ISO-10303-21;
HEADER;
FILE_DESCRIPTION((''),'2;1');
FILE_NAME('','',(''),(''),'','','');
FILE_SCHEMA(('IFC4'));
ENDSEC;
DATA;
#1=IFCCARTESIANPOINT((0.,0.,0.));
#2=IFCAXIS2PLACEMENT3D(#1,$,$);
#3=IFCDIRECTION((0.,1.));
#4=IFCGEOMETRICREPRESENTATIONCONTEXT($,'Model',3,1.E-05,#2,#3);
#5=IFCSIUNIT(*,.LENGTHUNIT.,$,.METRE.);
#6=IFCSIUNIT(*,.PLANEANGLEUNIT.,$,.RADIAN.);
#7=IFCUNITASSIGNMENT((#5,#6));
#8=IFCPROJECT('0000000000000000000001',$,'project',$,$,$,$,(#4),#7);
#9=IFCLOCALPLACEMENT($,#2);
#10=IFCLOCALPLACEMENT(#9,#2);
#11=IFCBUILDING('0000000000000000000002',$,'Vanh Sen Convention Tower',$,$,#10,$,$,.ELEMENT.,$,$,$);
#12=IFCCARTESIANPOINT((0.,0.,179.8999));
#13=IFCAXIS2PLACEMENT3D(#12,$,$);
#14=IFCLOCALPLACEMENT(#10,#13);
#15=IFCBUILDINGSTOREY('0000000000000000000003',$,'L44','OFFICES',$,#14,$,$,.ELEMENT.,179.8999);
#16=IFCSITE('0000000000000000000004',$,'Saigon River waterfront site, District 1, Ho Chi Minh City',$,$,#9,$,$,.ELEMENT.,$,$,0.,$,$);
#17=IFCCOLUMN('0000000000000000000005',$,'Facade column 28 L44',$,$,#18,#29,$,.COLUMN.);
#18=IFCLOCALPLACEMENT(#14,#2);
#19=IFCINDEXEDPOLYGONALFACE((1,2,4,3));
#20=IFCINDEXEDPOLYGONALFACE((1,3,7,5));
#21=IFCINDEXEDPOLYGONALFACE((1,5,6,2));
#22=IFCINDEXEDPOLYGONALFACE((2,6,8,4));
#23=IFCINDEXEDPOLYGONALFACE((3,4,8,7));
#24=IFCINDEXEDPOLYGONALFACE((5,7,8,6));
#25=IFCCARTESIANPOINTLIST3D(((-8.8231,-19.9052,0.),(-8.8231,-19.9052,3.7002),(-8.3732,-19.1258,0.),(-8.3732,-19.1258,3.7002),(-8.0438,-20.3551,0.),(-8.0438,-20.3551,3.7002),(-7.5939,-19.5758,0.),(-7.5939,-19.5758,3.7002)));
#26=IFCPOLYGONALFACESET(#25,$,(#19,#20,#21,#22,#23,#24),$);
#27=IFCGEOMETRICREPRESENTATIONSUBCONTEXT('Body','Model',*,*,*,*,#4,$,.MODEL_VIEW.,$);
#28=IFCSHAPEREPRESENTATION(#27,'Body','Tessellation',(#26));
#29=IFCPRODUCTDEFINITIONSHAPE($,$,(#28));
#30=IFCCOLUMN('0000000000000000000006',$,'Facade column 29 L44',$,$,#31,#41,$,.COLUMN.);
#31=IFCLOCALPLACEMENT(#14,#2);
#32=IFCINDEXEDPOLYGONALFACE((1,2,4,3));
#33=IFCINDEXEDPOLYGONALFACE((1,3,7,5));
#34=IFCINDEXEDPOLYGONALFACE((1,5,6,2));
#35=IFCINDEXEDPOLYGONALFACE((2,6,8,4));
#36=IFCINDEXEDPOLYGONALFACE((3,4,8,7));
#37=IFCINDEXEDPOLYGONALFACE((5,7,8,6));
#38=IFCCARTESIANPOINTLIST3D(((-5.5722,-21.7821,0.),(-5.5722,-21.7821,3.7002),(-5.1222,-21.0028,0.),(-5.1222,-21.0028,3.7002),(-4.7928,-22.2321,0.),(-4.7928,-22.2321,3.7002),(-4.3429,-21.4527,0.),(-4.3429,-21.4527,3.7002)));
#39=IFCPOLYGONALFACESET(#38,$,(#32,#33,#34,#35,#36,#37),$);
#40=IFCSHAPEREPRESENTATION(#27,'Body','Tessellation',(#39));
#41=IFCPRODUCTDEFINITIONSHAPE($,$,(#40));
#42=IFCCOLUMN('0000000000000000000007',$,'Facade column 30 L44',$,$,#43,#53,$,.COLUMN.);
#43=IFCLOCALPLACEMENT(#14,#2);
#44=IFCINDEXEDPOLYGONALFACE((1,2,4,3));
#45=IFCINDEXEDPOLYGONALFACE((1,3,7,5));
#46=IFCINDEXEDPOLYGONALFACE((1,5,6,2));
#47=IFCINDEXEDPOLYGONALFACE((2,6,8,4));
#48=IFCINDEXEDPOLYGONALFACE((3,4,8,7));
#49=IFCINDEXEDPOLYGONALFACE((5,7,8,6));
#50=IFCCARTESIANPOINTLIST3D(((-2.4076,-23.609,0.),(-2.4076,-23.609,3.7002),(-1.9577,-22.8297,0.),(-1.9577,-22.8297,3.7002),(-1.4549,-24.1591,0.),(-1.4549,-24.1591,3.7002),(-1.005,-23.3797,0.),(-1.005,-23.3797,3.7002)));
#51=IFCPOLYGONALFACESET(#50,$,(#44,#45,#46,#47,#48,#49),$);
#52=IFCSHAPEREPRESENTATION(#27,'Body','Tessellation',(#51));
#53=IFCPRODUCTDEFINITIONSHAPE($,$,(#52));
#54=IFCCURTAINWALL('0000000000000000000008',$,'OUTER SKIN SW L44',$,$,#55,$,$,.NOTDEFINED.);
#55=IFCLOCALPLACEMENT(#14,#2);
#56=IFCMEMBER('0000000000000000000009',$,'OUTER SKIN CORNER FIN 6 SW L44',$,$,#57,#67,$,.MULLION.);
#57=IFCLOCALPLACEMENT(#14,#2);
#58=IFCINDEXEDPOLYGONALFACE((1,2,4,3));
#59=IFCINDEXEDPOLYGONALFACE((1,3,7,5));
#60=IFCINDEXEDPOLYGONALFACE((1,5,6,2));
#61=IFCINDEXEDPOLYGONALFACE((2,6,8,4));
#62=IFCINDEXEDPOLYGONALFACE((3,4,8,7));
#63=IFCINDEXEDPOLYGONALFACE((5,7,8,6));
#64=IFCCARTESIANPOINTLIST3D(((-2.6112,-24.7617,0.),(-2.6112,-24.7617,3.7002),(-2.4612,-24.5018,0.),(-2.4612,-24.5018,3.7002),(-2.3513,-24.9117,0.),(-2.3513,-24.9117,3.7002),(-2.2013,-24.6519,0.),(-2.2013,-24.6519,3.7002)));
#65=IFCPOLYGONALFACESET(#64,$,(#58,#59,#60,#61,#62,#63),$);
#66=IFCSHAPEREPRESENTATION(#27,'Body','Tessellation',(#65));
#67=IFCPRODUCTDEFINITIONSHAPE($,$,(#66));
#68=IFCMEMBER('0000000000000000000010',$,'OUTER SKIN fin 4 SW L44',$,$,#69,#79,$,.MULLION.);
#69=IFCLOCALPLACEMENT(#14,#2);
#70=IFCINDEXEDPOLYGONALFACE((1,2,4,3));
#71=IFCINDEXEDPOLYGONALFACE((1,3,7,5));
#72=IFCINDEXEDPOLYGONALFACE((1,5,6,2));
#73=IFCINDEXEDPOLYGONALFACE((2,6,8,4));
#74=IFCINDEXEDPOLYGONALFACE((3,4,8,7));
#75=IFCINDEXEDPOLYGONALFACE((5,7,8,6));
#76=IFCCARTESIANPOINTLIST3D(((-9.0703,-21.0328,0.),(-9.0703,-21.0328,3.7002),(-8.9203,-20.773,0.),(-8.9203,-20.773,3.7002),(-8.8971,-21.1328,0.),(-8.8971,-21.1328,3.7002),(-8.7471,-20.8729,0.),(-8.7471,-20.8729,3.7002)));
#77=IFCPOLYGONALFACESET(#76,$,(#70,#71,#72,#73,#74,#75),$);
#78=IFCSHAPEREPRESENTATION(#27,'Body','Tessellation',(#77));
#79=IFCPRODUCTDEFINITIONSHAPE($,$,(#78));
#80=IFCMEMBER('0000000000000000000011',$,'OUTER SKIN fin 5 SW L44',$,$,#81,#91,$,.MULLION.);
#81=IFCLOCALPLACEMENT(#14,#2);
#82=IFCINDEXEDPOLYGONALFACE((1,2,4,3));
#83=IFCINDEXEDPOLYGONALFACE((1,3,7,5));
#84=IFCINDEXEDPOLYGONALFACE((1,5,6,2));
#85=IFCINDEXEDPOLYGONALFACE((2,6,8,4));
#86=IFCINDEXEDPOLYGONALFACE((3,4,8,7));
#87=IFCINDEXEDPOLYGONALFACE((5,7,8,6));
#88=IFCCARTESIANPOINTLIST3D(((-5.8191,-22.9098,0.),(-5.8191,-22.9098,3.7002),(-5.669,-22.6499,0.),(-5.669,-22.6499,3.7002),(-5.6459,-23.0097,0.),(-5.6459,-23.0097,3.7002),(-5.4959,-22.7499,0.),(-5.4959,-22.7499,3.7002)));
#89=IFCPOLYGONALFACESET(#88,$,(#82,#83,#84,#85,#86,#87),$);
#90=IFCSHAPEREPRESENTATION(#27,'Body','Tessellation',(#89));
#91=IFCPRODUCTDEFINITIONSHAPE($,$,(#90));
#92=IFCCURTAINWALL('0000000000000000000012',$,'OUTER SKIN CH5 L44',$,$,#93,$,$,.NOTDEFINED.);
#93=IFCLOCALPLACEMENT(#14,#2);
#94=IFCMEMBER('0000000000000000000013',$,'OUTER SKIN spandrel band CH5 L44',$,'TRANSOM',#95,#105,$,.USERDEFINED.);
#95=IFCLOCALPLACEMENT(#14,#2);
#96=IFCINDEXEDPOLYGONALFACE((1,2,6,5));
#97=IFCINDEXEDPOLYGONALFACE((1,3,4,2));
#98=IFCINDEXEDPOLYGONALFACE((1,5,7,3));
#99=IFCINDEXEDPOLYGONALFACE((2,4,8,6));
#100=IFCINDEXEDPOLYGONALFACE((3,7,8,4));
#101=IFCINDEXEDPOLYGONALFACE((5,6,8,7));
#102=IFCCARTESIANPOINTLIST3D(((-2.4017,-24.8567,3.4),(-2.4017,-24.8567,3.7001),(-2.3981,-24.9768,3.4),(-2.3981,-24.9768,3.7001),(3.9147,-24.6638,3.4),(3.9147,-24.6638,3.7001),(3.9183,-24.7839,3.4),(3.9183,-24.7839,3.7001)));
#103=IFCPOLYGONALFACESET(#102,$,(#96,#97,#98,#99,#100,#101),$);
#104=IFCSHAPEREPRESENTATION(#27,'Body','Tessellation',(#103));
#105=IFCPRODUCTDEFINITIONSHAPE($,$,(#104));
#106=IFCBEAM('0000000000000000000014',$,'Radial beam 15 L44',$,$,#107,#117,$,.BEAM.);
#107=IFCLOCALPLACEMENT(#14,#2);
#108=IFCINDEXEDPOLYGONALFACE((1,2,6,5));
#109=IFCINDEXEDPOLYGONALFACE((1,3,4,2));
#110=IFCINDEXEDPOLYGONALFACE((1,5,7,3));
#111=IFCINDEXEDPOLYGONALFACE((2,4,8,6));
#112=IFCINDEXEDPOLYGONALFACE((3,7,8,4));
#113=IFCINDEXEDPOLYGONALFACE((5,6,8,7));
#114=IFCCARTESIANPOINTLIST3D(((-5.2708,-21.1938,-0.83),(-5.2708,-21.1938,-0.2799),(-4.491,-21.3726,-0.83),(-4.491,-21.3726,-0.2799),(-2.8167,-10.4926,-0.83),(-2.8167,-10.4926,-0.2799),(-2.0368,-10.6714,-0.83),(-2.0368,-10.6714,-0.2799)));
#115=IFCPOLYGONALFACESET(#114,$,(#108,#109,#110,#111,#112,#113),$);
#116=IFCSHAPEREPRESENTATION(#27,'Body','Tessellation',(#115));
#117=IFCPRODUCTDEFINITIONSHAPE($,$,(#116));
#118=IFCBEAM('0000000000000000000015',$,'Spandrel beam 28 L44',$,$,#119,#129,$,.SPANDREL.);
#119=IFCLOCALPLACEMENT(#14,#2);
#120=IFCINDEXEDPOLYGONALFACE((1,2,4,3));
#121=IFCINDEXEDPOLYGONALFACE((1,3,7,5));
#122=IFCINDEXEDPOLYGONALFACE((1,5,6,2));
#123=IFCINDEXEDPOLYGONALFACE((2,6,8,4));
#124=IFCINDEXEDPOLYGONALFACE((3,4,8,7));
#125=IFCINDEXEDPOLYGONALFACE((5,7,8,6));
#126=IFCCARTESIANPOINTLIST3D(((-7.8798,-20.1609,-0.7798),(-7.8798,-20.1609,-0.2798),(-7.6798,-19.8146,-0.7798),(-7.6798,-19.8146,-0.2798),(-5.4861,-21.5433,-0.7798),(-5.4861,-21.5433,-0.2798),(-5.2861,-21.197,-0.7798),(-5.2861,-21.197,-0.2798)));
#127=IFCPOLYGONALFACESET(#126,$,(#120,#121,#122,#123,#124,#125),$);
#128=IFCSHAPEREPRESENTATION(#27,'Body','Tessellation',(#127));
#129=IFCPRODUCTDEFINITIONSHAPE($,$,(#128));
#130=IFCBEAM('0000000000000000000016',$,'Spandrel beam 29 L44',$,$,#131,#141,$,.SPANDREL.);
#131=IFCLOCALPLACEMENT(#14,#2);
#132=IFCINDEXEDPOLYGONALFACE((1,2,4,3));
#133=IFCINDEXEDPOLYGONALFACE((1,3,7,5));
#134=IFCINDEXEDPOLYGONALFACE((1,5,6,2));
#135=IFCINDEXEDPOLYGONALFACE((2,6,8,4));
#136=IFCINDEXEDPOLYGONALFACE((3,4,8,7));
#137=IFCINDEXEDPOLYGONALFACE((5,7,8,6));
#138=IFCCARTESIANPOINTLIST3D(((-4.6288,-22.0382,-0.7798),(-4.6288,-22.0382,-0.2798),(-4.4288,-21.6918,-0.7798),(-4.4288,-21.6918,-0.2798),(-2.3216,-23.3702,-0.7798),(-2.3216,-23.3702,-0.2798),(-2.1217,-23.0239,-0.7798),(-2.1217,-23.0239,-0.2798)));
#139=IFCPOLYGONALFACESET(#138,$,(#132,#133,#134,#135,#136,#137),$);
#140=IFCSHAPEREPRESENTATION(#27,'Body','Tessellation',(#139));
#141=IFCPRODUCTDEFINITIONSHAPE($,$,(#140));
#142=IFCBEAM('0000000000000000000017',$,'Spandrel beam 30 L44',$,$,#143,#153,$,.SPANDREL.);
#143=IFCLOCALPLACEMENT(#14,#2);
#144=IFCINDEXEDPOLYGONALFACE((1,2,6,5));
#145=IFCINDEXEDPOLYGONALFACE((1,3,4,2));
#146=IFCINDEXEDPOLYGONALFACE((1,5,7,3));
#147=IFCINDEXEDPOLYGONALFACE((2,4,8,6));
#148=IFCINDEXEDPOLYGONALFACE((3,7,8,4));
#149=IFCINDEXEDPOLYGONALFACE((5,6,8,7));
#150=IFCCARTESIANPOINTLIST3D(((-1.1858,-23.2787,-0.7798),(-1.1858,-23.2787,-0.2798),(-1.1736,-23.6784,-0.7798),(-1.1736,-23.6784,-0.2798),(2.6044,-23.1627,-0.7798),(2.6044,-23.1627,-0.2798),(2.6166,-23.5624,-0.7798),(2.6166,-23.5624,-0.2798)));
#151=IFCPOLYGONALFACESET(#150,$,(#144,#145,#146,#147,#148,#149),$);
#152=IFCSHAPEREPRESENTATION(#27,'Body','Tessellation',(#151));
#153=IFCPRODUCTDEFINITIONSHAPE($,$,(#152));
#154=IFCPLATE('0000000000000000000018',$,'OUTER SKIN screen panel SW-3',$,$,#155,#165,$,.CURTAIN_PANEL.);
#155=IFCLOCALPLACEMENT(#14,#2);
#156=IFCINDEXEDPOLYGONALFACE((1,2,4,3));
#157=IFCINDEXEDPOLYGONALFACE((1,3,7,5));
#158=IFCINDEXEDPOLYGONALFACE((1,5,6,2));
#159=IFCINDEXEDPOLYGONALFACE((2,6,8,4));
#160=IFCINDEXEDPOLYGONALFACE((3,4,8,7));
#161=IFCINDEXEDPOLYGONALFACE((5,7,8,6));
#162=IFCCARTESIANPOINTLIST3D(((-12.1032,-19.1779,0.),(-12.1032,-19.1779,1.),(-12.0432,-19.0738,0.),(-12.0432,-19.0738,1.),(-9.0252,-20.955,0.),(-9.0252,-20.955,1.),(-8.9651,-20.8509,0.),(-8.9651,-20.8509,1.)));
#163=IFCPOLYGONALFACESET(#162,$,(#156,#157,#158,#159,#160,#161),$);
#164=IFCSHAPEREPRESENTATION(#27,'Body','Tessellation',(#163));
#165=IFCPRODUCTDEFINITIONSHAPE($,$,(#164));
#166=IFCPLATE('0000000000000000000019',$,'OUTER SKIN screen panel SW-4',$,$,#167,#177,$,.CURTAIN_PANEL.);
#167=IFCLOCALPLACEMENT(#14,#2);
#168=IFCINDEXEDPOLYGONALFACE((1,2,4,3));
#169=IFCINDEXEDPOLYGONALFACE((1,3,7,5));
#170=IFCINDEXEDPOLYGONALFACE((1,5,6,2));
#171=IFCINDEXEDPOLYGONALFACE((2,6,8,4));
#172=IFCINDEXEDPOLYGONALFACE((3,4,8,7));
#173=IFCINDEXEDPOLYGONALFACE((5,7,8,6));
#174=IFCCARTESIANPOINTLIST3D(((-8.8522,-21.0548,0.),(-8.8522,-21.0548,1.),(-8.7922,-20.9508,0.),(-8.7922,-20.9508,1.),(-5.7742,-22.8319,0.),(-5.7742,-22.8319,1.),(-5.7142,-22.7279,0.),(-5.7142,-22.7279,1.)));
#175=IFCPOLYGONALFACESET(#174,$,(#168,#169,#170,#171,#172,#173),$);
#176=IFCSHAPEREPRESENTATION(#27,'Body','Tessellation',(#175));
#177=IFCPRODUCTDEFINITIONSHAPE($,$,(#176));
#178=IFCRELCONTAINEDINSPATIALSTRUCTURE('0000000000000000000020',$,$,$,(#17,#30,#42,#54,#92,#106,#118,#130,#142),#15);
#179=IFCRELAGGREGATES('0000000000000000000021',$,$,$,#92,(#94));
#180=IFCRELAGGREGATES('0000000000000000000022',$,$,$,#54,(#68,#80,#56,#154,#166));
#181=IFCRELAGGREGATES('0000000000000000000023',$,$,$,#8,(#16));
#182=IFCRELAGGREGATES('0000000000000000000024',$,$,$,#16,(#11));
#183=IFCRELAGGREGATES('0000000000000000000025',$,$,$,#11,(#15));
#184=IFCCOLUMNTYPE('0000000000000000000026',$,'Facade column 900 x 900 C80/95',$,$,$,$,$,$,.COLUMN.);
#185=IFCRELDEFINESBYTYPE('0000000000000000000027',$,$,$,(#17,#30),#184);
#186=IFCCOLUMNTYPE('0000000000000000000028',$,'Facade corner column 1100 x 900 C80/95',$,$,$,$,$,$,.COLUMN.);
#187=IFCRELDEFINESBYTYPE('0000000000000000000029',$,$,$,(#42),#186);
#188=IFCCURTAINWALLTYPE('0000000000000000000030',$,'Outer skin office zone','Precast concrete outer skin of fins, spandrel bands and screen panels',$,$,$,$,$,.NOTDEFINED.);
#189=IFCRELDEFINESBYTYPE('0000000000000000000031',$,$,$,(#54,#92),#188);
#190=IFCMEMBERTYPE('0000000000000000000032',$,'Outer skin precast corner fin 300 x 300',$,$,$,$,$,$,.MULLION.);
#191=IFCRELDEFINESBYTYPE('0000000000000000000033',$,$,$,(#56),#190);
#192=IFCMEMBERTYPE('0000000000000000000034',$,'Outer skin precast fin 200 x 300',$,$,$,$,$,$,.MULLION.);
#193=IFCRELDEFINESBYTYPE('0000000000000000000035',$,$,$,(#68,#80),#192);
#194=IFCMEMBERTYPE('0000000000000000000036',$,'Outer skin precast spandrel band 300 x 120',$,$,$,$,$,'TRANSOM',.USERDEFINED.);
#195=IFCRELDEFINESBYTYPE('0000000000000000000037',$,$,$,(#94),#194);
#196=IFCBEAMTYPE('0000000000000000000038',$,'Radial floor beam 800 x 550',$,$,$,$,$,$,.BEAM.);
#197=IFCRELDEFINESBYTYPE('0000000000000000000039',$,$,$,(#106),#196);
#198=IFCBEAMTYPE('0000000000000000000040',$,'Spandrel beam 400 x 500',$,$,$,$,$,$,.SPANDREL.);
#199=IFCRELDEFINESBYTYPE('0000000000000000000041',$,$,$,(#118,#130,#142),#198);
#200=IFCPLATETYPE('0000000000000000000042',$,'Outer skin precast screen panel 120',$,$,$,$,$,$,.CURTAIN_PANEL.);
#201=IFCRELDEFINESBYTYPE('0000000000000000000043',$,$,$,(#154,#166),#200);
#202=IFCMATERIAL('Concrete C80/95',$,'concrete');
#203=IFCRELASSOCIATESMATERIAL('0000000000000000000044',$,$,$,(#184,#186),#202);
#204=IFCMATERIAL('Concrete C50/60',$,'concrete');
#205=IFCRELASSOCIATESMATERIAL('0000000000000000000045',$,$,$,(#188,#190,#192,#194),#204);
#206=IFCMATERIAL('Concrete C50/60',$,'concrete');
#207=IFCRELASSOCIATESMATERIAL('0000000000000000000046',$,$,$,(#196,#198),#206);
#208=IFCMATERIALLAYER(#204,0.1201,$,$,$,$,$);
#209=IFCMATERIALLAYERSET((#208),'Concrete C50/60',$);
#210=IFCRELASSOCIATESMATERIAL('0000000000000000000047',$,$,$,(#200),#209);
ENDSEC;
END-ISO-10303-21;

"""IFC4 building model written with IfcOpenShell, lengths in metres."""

from ifc_helpers import new_model, si_unit, direction, frame, origin, origin_2d, place, context, subcontext, project, spatial, rectangle, extrude, material, layer, layer_set, material_profile, profile_set, type_object, element, aggregate, save


model = new_model("IFC4")

# Units and contexts
model_context = context("Model", 3, precision=1e-05, world=origin(), true_north=direction((0.0, 1.0)))
body_context = subcontext(model_context, "Body", "Model", "MODEL_VIEW")
ifc_project = project(units=[si_unit("LENGTHUNIT", "METRE"), si_unit("PLANEANGLEUNIT", "RADIAN")], contexts=[model_context])

# Site, building, storey
site_placement = place(None, origin())
site = spatial("IfcSite", under=ifc_project, at=site_placement, Name="Saigon River waterfront site, District 1, Ho Chi Minh City", CompositionType="ELEMENT", RefElevation=0.0)
building_placement = place(site_placement, origin())
building = spatial("IfcBuilding", under=site, at=building_placement, Name="Vanh Sen Convention Tower", CompositionType="ELEMENT")
storey_placement = place(building_placement, frame((0.0, 0.0, 179.8999)))
storey = spatial("IfcBuildingStorey", under=building, at=storey_placement, Name="L44", Description="OFFICES", CompositionType="ELEMENT", Elevation=179.8999)

# Columns
ifc_material_1 = material(Name="Concrete C80/95", Category="concrete")
ifc_material_profile_1 = material_profile(ifc_material_1, rectangle(XDim=0.8999, YDim=0.8999, at=origin_2d()), Name="RC 900X900")
ifc_profile_set_1 = profile_set([ifc_material_profile_1], Name="Concrete C80/95")
column_type_1 = type_object("IfcColumnType", Name="Facade column 900 x 900 C80/95", PredefinedType="COLUMN", material=ifc_profile_set_1)
for number, where, z_axis, x_axis, name in (
    (1, (-8.2085, -19.7405, 0.0), (0.0, 0.0, 1.0), (0.866025, -0.5, 0.0), "Facade column 28 L44"),
    (2, (-4.9575, -21.6174, 0.0), (0.0, 0.0, 1.0), (0.866025, -0.5, 0.0), "Facade column 29 L44"),
):
    element("IfcColumn", number, at=place(storey_placement, frame(where, z_axis=z_axis, x_axis=x_axis)), inside=storey, type_object=column_type_1, Name=name, PredefinedType="COLUMN", context=body_context, shape_type="SweptSolid", body=[
        extrude(rectangle(XDim=0.8999, YDim=0.8999, at=origin_2d()), origin(), (0.0, 0.0, 1.0), 3.7002),
    ])
ifc_material_profile_2 = material_profile(ifc_material_1, rectangle(XDim=1.1001, YDim=0.8999, at=origin_2d()), Name="RC 1100X900")
ifc_profile_set_2 = profile_set([ifc_material_profile_2], Name="Concrete C80/95")
column_type_2 = type_object("IfcColumnType", Name="Facade corner column 1100 x 900 C80/95", PredefinedType="COLUMN", material=ifc_profile_set_2)
column_placement = place(storey_placement, frame((-1.7063, -23.4944, 0.0), z_axis=(0.0, 0.0, 1.0), x_axis=(0.866025, -0.5, 0.0)))
element("IfcColumn", 3, at=column_placement, inside=storey, type_object=column_type_2, Name="Facade column 30 L44", PredefinedType="COLUMN", context=body_context, shape_type="SweptSolid", body=[
    extrude(rectangle(XDim=1.1001, YDim=0.8999, at=origin_2d()), origin(), (0.0, 0.0, 1.0), 3.7002),
])

# Curtain wall, members
ifc_material_2 = material(Name="Concrete C50/60", Category="concrete")
curtain_wall_type = type_object("IfcCurtainWallType", Name="Outer skin office zone", Description="Precast concrete outer skin of fins, spandrel bands and screen panels", PredefinedType="NOTDEFINED", material=ifc_material_2)
curtain_wall_1_placement = place(storey_placement, origin())
curtain_wall_1 = element("IfcCurtainWall", 4, at=curtain_wall_1_placement, inside=storey, type_object=curtain_wall_type, Name="OUTER SKIN SW L44", PredefinedType="NOTDEFINED")
ifc_material_profile_3 = material_profile(ifc_material_2, rectangle(XDim=0.3, YDim=0.3, at=origin_2d()), Name="Outer skin precast corner fin 300 x 300")
ifc_profile_set_3 = profile_set([ifc_material_profile_3], Name="Concrete C50/60")
member_type_1 = type_object("IfcMemberType", Name="Outer skin precast corner fin 300 x 300", PredefinedType="MULLION", material=ifc_profile_set_3)
member_1_placement = place(storey_placement, frame((-2.4062, -24.7068, 0.0), z_axis=(0.0, 0.0, 1.0), x_axis=(0.866025, -0.5, 0.0)))
member_1 = element("IfcMember", 5, at=member_1_placement, type_object=member_type_1, Name="OUTER SKIN CORNER FIN 6 SW L44", PredefinedType="MULLION", context=body_context, shape_type="SweptSolid", body=[
    extrude(rectangle(XDim=0.3, YDim=0.3, at=origin_2d()), origin(), (0.0, 0.0, 1.0), 3.7002),
])
ifc_material_profile_4 = material_profile(ifc_material_2, rectangle(XDim=0.2, YDim=0.3, at=origin_2d()), Name="Outer skin precast fin 200 x 300")
ifc_profile_set_4 = profile_set([ifc_material_profile_4], Name="Concrete C50/60")
member_type_2 = type_object("IfcMemberType", Name="Outer skin precast fin 200 x 300", PredefinedType="MULLION", material=ifc_profile_set_4)
member_2_placement = place(storey_placement, frame((-8.9087, -20.9529, 0.0), z_axis=(0.0, 0.0, 1.0), x_axis=(0.866025, -0.5, 0.0)))
member_2 = element("IfcMember", 6, at=member_2_placement, type_object=member_type_2, Name="OUTER SKIN fin 4 SW L44", PredefinedType="MULLION", context=body_context, shape_type="SweptSolid", body=[
    extrude(rectangle(XDim=0.2, YDim=0.3, at=origin_2d()), origin(), (0.0, 0.0, 1.0), 3.7002),
])
member_3_placement = place(storey_placement, frame((-5.6575, -22.8298, 0.0), z_axis=(0.0, 0.0, 1.0), x_axis=(0.866025, -0.5, 0.0)))
member_3 = element("IfcMember", 7, at=member_3_placement, type_object=member_type_2, Name="OUTER SKIN fin 5 SW L44", PredefinedType="MULLION", context=body_context, shape_type="SweptSolid", body=[
    extrude(rectangle(XDim=0.2, YDim=0.3, at=origin_2d()), origin(), (0.0, 0.0, 1.0), 3.7002),
])

# Curtain wall, member
curtain_wall_2_placement = place(storey_placement, origin())
curtain_wall_2 = element("IfcCurtainWall", 8, at=curtain_wall_2_placement, inside=storey, type_object=curtain_wall_type, Name="OUTER SKIN CH5 L44", PredefinedType="NOTDEFINED")
ifc_material_profile_5 = material_profile(ifc_material_2, rectangle(XDim=0.1201, YDim=0.3, at=origin_2d()), Name="Outer skin precast spandrel band 300 x 120")
ifc_profile_set_5 = profile_set([ifc_material_profile_5], Name="Concrete C50/60")
member_type_3 = type_object("IfcMemberType", Name="Outer skin precast spandrel band 300 x 120", ElementType="TRANSOM", PredefinedType="USERDEFINED", material=ifc_profile_set_5)
member_4_placement = place(storey_placement, frame((-2.3999, -24.9167, 3.55), z_axis=(0.999534, 0.030521, 0.0), x_axis=(-0.030521, 0.999534, 0.0)))
member_4 = element("IfcMember", 9, at=member_4_placement, type_object=member_type_3, Name="OUTER SKIN spandrel band CH5 L44", ObjectType="TRANSOM", PredefinedType="USERDEFINED", context=body_context, shape_type="SweptSolid", body=[
    extrude(rectangle(XDim=0.1201, YDim=0.3, at=origin_2d()), origin(), (0.0, 0.0, 1.0), 6.3193),
])
aggregate(curtain_wall_2, [member_4])

# Beams
ifc_material_3 = material(Name="Concrete C50/60", Category="concrete")
ifc_material_profile_6 = material_profile(ifc_material_3, rectangle(XDim=0.8, YDim=0.55, at=origin_2d()), Name="RC 800X550")
ifc_profile_set_6 = profile_set([ifc_material_profile_6], Name="Concrete C50/60")
beam_type_1 = type_object("IfcBeamType", Name="Radial floor beam 800 x 550", PredefinedType="BEAM", material=ifc_profile_set_6)
beam_1_placement = place(storey_placement, frame((-4.8809, -21.2832, -0.5549), z_axis=(0.223528, 0.974698, 0.0), x_axis=(-0.974698, 0.223528, 0.0)))
element("IfcBeam", 10, at=beam_1_placement, inside=storey, type_object=beam_type_1, Name="Radial beam 15 L44", PredefinedType="BEAM", context=body_context, shape_type="SweptSolid", body=[
    extrude(rectangle(XDim=0.8, YDim=0.55, at=origin_2d()), origin(), (0.0, 0.0, 1.0), 10.979),
])
ifc_material_profile_7 = material_profile(ifc_material_3, rectangle(XDim=0.3999, YDim=0.5, at=origin_2d()), Name="RC 400X500")
ifc_profile_set_7 = profile_set([ifc_material_profile_7], Name="Concrete C50/60")
beam_type_2 = type_object("IfcBeamType", Name="Spandrel beam 400 x 500", PredefinedType="SPANDREL", material=ifc_profile_set_7)
beam_2_placement = place(storey_placement, frame((-7.7798, -19.9878, -0.5298), z_axis=(0.865962, -0.50011, 0.0), x_axis=(0.50011, 0.865962, 0.0)))
element("IfcBeam", 11, at=beam_2_placement, inside=storey, type_object=beam_type_2, Name="Spandrel beam 28 L44", PredefinedType="SPANDREL", context=body_context, shape_type="SweptSolid", body=[
    extrude(rectangle(XDim=0.3999, YDim=0.5, at=origin_2d()), origin(), (0.0, 0.0, 1.0), 2.7642),
])
beam_3_placement = place(storey_placement, frame((-4.5288, -21.865, -0.5298), z_axis=(0.866024, -0.500003, 0.0), x_axis=(0.500003, 0.866024, 0.0)))
element("IfcBeam", 12, at=beam_3_placement, inside=storey, type_object=beam_type_2, Name="Spandrel beam 29 L44", PredefinedType="SPANDREL", context=body_context, shape_type="SweptSolid", body=[
    extrude(rectangle(XDim=0.3999, YDim=0.5, at=origin_2d()), origin(), (0.0, 0.0, 1.0), 2.6641),
])
beam_4_placement = place(storey_placement, frame((-1.1797, -23.4785, -0.5298), z_axis=(0.999532, 0.030582, 0.0), x_axis=(-0.030582, 0.999532, 0.0)))
element("IfcBeam", 13, at=beam_4_placement, inside=storey, type_object=beam_type_2, Name="Spandrel beam 30 L44", PredefinedType="SPANDREL", context=body_context, shape_type="SweptSolid", body=[
    extrude(rectangle(XDim=0.3999, YDim=0.5, at=origin_2d()), origin(), (0.0, 0.0, 1.0), 3.792),
])

# Plates
ifc_layer_1 = layer(ifc_material_2, 0.1201)
ifc_layer_set_1 = layer_set([ifc_layer_1], Name="Concrete C50/60")
plate_type = type_object("IfcPlateType", Name="Outer skin precast screen panel 120", PredefinedType="CURTAIN_PANEL", material=ifc_layer_set_1)
plate_1_placement = place(storey_placement, frame((-10.5342, -20.0144, 0.0), z_axis=(0.0, 0.0, 1.0), x_axis=(0.866024, -0.500003, 0.0)))
plate_1 = element("IfcPlate", 14, at=plate_1_placement, type_object=plate_type, Name="OUTER SKIN screen panel SW-3", PredefinedType="CURTAIN_PANEL", context=body_context, shape_type="SweptSolid", body=[
    extrude(rectangle(XDim=3.5542, YDim=0.1201, at=origin_2d()), origin(), (0.0, 0.0, 1.0), 1.0),
])
plate_2_placement = place(storey_placement, frame((-7.2832, -21.8914, 0.0), z_axis=(0.0, 0.0, 1.0), x_axis=(0.866017, -0.500015, 0.0)))
plate_2 = element("IfcPlate", 15, at=plate_2_placement, type_object=plate_type, Name="OUTER SKIN screen panel SW-4", PredefinedType="CURTAIN_PANEL", context=body_context, shape_type="SweptSolid", body=[
    extrude(rectangle(XDim=3.5542, YDim=0.1201, at=origin_2d()), origin(), (0.0, 0.0, 1.0), 1.0),
])
aggregate(curtain_wall_1, [member_2, member_3, member_1, plate_1, plate_2])

save(model, "model.ifc")
